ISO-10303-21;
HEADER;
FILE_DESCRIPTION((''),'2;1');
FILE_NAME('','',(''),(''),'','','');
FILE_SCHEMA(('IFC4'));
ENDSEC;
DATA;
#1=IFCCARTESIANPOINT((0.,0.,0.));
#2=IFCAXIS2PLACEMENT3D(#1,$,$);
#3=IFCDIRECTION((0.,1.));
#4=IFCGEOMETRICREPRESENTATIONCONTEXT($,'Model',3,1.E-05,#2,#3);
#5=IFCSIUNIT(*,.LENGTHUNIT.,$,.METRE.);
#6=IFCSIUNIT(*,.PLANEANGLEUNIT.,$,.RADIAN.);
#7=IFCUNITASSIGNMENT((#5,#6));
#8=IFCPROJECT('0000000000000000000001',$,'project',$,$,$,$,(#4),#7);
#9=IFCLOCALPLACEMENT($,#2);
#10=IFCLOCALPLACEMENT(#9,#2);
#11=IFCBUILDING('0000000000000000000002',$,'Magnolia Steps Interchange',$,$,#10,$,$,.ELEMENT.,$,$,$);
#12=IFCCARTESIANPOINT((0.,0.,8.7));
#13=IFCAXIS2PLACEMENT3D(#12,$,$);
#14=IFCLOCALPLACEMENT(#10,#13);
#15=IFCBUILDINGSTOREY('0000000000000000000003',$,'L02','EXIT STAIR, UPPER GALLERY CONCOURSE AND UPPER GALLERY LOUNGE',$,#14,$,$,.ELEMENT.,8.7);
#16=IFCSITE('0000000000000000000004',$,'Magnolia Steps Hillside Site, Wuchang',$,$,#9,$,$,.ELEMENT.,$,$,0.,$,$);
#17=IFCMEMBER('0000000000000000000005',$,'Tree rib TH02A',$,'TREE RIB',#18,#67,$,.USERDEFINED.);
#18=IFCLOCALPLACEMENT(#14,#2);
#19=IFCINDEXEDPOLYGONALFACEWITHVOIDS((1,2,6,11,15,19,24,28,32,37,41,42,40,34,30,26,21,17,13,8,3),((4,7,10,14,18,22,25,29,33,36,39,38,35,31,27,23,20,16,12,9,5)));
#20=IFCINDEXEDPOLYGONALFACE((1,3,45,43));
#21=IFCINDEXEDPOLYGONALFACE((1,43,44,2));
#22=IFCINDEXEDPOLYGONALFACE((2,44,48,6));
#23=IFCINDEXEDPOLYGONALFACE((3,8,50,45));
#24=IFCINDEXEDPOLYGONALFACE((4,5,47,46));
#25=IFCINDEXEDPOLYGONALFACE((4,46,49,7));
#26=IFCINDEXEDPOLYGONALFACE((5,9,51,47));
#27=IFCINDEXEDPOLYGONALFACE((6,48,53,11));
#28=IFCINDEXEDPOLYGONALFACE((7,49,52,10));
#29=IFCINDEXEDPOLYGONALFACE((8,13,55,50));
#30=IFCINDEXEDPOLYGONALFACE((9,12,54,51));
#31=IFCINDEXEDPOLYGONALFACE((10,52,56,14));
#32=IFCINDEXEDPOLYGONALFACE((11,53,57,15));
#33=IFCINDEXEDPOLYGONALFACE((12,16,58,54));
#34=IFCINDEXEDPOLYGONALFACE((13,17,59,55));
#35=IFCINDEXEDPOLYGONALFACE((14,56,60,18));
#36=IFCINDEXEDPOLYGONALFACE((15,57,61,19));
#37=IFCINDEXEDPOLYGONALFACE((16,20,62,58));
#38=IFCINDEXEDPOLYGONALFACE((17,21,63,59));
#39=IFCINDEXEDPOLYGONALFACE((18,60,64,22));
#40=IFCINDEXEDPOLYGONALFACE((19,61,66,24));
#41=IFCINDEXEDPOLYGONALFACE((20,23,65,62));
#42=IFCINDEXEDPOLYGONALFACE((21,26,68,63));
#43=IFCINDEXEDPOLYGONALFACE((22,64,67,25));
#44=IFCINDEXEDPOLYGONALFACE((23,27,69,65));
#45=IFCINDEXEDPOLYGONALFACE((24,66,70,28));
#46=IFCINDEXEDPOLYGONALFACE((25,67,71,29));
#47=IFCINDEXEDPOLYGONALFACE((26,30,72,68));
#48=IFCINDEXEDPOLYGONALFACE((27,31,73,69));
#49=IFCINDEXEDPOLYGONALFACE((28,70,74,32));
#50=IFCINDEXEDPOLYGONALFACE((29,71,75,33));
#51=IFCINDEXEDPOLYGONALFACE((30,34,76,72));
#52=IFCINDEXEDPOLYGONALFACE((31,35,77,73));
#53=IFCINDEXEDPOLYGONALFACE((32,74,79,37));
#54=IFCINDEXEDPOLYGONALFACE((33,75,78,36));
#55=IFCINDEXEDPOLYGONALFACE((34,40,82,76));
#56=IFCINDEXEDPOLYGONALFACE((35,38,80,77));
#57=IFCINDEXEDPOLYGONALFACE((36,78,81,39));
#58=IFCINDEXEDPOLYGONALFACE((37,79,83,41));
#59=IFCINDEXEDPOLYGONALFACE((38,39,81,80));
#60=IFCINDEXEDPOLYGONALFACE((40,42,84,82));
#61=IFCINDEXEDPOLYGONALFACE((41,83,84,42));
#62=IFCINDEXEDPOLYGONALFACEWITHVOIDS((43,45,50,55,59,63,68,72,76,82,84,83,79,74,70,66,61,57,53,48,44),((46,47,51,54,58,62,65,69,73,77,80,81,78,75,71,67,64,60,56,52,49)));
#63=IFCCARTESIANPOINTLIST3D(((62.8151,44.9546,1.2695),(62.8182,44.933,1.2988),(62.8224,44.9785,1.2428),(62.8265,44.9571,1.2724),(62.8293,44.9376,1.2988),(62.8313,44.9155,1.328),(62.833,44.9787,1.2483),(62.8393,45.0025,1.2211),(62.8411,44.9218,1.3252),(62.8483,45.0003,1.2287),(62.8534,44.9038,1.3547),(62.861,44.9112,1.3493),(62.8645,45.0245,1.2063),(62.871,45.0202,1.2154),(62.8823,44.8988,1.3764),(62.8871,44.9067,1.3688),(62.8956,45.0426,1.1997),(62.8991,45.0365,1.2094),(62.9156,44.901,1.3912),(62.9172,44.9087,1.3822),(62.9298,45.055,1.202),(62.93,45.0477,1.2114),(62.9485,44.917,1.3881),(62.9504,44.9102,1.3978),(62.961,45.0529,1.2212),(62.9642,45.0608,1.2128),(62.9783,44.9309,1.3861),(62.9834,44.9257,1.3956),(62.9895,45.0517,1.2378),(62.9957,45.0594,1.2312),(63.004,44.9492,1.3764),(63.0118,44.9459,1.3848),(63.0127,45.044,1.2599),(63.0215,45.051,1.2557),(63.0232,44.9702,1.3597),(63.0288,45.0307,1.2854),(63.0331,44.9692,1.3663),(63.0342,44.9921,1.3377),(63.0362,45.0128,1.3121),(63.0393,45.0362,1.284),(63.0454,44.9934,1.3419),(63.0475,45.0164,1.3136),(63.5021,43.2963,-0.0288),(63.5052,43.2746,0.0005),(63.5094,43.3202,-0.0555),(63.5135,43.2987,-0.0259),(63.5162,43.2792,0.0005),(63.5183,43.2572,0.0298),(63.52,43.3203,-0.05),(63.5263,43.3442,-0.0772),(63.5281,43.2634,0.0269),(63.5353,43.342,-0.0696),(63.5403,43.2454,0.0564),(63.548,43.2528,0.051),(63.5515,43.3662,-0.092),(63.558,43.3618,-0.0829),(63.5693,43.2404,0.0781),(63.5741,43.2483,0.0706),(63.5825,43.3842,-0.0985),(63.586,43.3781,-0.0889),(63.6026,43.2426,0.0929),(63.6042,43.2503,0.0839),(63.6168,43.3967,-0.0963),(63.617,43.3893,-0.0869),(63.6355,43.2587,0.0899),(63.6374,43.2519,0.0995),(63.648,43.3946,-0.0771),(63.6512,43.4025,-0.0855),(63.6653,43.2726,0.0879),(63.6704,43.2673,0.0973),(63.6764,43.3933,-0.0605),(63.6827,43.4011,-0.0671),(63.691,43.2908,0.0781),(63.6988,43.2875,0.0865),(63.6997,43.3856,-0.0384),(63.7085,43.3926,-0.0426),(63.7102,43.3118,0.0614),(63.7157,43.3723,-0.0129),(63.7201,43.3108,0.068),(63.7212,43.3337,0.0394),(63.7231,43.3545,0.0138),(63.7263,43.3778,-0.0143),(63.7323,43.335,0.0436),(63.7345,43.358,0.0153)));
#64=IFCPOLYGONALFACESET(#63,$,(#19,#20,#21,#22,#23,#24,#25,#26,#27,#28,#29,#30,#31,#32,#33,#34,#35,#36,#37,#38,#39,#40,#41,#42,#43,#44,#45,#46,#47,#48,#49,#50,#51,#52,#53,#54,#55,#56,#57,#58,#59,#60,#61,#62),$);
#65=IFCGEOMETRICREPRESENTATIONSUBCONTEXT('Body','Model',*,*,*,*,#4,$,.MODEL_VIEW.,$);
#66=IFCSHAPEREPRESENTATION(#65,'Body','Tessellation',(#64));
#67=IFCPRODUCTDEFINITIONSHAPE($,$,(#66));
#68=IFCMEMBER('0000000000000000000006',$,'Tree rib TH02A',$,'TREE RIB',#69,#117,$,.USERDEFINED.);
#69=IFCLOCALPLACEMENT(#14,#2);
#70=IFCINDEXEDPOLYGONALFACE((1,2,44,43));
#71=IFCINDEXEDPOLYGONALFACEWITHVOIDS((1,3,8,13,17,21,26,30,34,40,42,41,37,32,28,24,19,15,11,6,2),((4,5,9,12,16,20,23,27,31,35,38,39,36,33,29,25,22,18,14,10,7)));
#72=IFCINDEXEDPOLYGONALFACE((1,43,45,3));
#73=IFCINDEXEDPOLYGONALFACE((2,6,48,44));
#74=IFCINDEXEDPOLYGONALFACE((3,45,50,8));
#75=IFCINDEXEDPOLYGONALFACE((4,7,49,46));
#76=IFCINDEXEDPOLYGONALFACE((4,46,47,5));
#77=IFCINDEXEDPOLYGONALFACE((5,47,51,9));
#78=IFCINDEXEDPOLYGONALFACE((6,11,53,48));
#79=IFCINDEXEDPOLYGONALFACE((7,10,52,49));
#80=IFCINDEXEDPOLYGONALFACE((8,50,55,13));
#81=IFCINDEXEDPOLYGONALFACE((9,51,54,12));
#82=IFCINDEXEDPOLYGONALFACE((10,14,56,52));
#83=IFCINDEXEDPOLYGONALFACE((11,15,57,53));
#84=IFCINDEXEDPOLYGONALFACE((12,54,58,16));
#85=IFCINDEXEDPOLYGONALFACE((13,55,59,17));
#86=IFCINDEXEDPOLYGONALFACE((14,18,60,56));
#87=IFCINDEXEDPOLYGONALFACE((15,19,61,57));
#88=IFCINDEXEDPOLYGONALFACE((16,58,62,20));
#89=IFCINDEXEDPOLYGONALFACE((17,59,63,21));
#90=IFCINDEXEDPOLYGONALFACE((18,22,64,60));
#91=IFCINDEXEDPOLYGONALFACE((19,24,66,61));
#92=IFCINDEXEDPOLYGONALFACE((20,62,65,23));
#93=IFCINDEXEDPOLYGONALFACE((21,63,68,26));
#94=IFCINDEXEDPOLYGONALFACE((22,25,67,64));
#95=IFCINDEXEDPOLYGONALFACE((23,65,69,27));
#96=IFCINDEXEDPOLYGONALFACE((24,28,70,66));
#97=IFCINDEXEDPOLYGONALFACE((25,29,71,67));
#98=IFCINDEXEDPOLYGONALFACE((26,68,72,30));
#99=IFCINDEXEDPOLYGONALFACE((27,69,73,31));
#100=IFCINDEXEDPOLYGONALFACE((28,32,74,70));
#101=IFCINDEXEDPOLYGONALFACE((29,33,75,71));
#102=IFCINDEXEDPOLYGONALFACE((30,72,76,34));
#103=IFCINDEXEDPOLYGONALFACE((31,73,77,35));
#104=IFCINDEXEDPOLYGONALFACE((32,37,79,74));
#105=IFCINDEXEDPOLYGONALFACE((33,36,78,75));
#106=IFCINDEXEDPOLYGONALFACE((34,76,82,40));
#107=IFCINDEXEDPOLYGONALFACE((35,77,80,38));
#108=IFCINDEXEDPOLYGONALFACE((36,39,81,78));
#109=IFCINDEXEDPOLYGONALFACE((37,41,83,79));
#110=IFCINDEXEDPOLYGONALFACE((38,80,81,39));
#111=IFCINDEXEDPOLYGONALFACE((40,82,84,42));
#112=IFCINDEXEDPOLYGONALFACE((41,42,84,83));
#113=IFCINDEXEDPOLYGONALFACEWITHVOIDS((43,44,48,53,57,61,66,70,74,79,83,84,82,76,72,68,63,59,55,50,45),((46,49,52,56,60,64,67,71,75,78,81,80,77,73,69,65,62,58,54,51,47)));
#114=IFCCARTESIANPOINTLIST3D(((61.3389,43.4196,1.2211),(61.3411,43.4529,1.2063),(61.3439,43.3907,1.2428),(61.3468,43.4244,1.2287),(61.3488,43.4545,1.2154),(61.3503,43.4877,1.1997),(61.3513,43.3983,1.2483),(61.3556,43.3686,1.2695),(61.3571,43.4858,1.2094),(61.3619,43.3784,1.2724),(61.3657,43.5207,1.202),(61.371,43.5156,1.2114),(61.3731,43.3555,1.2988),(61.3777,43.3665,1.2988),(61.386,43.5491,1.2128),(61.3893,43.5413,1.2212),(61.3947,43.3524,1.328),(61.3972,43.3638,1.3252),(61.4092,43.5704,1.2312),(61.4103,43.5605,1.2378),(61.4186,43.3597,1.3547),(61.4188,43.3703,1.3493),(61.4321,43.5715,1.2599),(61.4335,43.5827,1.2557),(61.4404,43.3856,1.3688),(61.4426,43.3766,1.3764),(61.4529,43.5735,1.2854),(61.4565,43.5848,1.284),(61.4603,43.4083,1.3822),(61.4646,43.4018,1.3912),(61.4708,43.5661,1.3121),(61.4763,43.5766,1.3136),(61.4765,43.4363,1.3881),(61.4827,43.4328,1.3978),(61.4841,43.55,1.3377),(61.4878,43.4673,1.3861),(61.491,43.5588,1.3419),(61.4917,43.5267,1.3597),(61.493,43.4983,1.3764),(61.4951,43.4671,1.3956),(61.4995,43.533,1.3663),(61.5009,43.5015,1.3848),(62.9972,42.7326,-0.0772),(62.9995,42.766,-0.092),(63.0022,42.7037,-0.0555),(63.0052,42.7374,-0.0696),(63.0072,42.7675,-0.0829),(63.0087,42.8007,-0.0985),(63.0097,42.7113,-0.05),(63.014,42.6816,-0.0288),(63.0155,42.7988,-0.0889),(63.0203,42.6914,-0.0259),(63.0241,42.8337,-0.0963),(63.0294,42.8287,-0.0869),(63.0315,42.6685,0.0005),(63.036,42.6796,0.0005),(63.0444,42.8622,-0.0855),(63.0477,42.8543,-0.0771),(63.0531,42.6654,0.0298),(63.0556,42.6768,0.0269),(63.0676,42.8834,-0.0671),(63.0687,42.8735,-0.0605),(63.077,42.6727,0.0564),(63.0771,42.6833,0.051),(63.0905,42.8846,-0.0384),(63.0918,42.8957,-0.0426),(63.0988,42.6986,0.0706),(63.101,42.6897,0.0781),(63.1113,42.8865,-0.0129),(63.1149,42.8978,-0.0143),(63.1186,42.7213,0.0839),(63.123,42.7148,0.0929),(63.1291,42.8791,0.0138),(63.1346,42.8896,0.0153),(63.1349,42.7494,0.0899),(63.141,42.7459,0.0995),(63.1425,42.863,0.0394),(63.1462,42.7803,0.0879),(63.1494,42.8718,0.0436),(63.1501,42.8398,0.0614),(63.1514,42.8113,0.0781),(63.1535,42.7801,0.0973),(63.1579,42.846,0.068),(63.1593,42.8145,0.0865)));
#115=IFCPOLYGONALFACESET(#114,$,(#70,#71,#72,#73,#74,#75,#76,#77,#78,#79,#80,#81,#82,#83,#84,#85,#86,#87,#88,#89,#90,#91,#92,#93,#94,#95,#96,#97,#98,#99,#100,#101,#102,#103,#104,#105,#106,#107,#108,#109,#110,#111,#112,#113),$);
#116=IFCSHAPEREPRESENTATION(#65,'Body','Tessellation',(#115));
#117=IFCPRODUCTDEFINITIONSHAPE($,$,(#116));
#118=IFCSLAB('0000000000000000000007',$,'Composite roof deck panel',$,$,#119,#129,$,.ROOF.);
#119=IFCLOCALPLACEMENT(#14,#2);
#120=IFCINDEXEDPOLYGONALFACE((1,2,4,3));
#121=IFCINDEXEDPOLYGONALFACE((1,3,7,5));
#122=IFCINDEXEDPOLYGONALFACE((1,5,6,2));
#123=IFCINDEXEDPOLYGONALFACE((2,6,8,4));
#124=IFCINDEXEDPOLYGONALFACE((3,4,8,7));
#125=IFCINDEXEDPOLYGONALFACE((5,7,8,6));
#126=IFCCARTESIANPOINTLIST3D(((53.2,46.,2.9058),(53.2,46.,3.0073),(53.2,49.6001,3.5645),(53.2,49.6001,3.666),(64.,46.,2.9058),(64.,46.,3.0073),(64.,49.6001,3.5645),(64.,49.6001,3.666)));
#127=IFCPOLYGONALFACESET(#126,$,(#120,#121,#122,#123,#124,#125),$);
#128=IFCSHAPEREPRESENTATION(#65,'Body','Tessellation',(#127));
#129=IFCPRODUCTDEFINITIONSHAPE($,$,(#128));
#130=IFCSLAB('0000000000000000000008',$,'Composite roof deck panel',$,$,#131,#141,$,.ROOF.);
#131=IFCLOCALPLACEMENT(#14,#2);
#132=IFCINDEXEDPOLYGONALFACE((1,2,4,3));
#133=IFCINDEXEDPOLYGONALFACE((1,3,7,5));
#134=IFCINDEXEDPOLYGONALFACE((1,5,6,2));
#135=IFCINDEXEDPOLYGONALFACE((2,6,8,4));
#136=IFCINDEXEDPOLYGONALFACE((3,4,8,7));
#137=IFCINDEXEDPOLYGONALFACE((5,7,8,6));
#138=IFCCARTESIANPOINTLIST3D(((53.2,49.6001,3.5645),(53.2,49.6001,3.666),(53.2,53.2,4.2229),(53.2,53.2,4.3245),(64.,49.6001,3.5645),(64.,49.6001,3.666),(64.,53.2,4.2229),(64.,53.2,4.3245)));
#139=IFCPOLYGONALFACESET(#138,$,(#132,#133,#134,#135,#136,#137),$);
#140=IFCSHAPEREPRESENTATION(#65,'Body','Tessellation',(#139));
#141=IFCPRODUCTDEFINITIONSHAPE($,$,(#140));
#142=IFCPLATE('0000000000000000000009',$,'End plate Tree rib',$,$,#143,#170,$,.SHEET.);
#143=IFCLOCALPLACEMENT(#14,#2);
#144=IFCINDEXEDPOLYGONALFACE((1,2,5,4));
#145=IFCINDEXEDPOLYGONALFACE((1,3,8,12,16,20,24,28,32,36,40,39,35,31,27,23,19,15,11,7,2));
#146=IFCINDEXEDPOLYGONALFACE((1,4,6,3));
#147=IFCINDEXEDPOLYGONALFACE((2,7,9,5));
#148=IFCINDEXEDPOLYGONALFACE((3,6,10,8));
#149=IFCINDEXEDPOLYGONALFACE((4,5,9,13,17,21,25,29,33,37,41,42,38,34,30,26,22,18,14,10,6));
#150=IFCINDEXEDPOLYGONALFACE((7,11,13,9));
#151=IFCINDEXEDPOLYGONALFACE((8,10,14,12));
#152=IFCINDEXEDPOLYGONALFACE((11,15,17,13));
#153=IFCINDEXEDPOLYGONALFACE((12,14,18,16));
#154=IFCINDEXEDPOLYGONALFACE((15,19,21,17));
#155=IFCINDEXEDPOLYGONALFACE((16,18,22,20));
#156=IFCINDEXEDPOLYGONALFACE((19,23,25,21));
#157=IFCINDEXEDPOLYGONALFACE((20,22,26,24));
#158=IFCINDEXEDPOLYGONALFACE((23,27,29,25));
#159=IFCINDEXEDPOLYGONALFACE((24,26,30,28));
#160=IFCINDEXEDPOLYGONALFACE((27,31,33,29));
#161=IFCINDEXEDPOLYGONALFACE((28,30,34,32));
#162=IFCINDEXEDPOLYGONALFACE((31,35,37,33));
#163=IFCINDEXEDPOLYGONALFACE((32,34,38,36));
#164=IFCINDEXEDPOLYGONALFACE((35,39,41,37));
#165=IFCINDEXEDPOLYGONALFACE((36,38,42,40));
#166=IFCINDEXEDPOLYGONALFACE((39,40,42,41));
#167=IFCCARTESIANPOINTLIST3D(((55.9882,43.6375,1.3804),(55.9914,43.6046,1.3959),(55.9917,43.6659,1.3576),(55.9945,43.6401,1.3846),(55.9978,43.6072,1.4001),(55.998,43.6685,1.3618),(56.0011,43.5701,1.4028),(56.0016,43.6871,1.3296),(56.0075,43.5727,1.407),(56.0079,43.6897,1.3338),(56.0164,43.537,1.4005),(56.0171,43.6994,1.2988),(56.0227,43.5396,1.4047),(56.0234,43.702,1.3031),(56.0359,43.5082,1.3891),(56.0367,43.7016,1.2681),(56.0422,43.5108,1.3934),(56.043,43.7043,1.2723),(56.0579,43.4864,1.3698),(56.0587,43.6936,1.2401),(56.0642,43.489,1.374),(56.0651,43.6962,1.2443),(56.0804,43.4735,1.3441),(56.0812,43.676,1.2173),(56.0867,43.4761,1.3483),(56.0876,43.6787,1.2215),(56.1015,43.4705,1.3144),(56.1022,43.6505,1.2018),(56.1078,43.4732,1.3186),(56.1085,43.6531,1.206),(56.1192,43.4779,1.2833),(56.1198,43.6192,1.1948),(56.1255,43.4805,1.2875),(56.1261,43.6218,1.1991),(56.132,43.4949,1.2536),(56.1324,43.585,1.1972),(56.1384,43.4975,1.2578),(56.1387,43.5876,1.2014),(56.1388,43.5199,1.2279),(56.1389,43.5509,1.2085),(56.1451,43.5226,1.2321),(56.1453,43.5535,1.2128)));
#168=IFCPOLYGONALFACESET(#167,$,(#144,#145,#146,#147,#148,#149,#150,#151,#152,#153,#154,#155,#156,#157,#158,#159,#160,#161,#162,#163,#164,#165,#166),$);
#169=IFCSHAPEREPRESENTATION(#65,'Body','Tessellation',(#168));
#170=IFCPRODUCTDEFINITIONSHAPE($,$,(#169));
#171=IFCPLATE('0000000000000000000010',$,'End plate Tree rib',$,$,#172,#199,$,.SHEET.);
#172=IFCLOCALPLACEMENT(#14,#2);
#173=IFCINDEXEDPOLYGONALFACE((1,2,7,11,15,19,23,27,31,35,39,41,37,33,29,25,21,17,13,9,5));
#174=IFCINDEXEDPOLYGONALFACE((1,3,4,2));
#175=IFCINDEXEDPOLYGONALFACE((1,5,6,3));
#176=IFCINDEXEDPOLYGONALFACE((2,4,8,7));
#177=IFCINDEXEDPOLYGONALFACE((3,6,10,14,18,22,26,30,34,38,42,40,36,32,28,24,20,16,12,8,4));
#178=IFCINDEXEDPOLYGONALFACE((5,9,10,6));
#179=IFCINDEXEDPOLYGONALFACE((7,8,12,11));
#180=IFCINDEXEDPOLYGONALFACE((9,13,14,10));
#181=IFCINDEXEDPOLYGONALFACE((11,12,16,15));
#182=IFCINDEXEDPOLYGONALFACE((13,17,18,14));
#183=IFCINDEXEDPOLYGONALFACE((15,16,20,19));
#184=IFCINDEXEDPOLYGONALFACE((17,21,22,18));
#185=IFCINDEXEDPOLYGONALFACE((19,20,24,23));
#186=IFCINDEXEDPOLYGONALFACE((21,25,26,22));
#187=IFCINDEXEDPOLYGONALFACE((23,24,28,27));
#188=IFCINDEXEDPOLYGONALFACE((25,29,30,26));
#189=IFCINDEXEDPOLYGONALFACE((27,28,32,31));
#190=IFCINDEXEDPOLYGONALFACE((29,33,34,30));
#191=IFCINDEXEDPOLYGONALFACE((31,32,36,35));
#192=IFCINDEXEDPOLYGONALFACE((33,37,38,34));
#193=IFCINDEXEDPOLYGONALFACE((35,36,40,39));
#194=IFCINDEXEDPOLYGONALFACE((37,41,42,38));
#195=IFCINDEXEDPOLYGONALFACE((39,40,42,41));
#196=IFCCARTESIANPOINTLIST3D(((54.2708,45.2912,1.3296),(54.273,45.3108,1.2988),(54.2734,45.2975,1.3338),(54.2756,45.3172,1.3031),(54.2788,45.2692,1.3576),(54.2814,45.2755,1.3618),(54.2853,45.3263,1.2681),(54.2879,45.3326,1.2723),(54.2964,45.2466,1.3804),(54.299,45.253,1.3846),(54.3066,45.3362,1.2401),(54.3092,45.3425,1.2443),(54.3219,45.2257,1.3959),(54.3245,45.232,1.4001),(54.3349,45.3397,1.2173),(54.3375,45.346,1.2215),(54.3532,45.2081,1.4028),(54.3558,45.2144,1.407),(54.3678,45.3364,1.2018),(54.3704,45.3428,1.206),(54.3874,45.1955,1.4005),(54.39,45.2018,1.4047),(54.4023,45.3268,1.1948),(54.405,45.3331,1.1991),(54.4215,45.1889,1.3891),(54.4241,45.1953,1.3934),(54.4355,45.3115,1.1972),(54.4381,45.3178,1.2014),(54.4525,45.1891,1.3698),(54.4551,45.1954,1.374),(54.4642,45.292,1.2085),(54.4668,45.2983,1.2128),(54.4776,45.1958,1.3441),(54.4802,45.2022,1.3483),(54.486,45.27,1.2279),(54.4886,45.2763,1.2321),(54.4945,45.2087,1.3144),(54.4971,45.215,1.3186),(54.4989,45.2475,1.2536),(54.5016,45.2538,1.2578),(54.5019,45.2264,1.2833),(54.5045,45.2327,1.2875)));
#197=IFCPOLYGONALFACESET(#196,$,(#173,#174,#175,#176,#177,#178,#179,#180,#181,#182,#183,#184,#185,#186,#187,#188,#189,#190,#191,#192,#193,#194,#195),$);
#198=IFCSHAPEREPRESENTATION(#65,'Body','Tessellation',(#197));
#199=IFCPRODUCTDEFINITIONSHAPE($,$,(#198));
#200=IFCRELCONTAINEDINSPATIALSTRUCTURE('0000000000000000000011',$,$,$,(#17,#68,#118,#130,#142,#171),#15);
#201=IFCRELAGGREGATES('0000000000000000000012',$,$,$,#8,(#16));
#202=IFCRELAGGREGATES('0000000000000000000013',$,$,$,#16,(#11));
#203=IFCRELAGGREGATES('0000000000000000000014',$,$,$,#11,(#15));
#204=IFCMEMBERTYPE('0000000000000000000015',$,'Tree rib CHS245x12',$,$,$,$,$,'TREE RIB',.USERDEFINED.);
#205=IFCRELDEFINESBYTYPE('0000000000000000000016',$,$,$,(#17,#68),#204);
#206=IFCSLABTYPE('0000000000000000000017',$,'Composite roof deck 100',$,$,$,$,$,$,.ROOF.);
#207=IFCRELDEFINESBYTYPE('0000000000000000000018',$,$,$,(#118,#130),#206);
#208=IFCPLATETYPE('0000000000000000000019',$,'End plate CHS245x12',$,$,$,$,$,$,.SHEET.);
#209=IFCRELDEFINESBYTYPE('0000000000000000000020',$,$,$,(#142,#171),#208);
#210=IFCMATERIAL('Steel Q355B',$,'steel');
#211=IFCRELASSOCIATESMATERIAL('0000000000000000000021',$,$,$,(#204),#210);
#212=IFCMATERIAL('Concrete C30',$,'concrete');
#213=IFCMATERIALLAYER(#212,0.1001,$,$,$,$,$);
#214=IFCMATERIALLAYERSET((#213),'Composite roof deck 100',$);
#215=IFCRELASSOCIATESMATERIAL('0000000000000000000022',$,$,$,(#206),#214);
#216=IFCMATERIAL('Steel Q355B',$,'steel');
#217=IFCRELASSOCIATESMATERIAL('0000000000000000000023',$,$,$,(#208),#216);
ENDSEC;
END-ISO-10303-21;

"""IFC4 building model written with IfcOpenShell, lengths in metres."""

from ifc_helpers import new_model, si_unit, direction, frame, origin, origin_2d, place, context, subcontext, project, spatial, polyline, circle, hollow_circle, outline, extrude, material, layer, layer_set, material_profile, profile_set, type_object, element, save


model = new_model("IFC4")

# Units and contexts
model_context = context("Model", 3, precision=1e-05, world=origin(), true_north=direction((0.0, 1.0)))
body_context = subcontext(model_context, "Body", "Model", "MODEL_VIEW")
ifc_project = project(units=[si_unit("LENGTHUNIT", "METRE"), si_unit("PLANEANGLEUNIT", "RADIAN")], contexts=[model_context])

# Site, building, storey
site_placement = place(None, origin())
site = spatial("IfcSite", under=ifc_project, at=site_placement, Name="Magnolia Steps Hillside Site, Wuchang", CompositionType="ELEMENT", RefElevation=0.0)
building_placement = place(site_placement, origin())
building = spatial("IfcBuilding", under=site, at=building_placement, Name="Magnolia Steps Interchange", CompositionType="ELEMENT")
storey_placement = place(building_placement, frame((0.0, 0.0, 8.7)))
storey = spatial("IfcBuildingStorey", under=building, at=storey_placement, Name="L02", Description="EXIT STAIR, UPPER GALLERY CONCOURSE AND UPPER GALLERY LOUNGE", CompositionType="ELEMENT", Elevation=8.7)

# Members
ifc_material_1 = material(Name="Steel Q355B", Category="steel")
ifc_material_profile_1 = material_profile(ifc_material_1, hollow_circle(Radius=0.1226, WallThickness=0.012, at=origin_2d()), Name="CHS245x12")
ifc_profile_set_1 = profile_set([ifc_material_profile_1], Name="Steel Q355B")
member_type_1 = type_object("IfcMemberType", Name="Tree rib CHS245x12", ElementType="TREE RIB", PredefinedType="USERDEFINED", material=ifc_profile_set_1)
for number, where, z_axis, x_axis, name in (
    (1, (63.6184, 43.3215, 0.0005), (-0.310103, 0.74859, 0.586045), (-0.923868, -0.382712, 0.0), "Tree rib TH02A"),
    (2, (63.0784, 42.7817, 0.0005), (-0.74859, 0.310103, 0.586045), (-0.382712, -0.923868, 0.0), "Tree rib TH02A"),
):
    element("IfcMember", number, at=place(storey_placement, frame(where, z_axis=z_axis, x_axis=x_axis)), inside=storey, type_object=member_type_1, Name=name, ObjectType="TREE RIB", PredefinedType="USERDEFINED", context=body_context, shape_type="SweptSolid", body=[
        extrude(hollow_circle(Radius=0.1226, WallThickness=0.012, at=origin_2d()), origin(), (0.0, 0.0, 1.0), 2.2153),
    ])

# Slabs
ifc_material_2 = material(Name="Concrete C30", Category="concrete")
ifc_layer = layer(ifc_material_2, 0.1001)
ifc_layer_set = layer_set([ifc_layer], Name="Composite roof deck 100")
slab_type = type_object("IfcSlabType", Name="Composite roof deck 100", PredefinedType="ROOF", material=ifc_layer_set)
slab_1_placement = place(storey_placement, frame((64.0, 46.0, 3.0073), z_axis=(0.0, -0.179977, 0.983671), x_axis=(0.0, 0.983671, 0.179977)))
element("IfcSlab", 3, at=slab_1_placement, inside=storey, type_object=slab_type, Name="Composite roof deck panel", PredefinedType="ROOF", context=body_context, shape_type="SweptSolid", body=[
    extrude(outline(polyline([(0.0, 0.0), (3.6599, 0.0), (3.6599, 10.8), (0.0, 10.8), (0.0, 0.0)])), origin(), (-0.179977, 0.0, -0.983671), 0.1016),
])
slab_2_placement = place(storey_placement, frame((64.0, 49.6001, 3.666), z_axis=(0.0, -0.179924, 0.98368), x_axis=(0.0, 0.98368, 0.179924)))
element("IfcSlab", 4, at=slab_2_placement, inside=storey, type_object=slab_type, Name="Composite roof deck panel", PredefinedType="ROOF", context=body_context, shape_type="SweptSolid", body=[
    extrude(outline(polyline([(0.0, 0.0), (3.6596, 0.0), (3.6596, 10.8), (0.0, 10.8), (0.0, 0.0)])), origin(), (-0.179924, 0.0, -0.98368), 0.1016),
])

# Plates
ifc_material_3 = material(Name="Steel Q355B", Category="steel")
ifc_material_profile_2 = material_profile(ifc_material_3, circle(Radius=0.1226, at=origin_2d()), Name="End plate CHS245x12")
ifc_profile_set_2 = profile_set([ifc_material_profile_2], Name="Steel Q355B")
plate_type_1 = type_object("IfcPlateType", Name="End plate CHS245x12", PredefinedType="SHEET", material=ifc_profile_set_2)
for number, where, z_axis, x_axis, name in (
    (5, (56.064, 43.5862, 1.2988), (0.786063, 0.325598, 0.525444), (-0.382683, 0.92388, 0.0), "End plate Tree rib"),
    (6, (54.3862, 45.2639, 1.2988), (0.325598, 0.786063, 0.525444), (-0.92388, 0.382683, 0.0), "End plate Tree rib"),
):
    element("IfcPlate", number, at=place(storey_placement, frame(where, z_axis=z_axis, x_axis=x_axis)), inside=storey, type_object=plate_type_1, Name=name, PredefinedType="SHEET", context=body_context, shape_type="SweptSolid", body=[
        extrude(circle(Radius=0.1226, at=origin_2d()), origin(), (0.0, 0.0, 1.0), 0.0081),
    ])

save(model, "model.ifc")
